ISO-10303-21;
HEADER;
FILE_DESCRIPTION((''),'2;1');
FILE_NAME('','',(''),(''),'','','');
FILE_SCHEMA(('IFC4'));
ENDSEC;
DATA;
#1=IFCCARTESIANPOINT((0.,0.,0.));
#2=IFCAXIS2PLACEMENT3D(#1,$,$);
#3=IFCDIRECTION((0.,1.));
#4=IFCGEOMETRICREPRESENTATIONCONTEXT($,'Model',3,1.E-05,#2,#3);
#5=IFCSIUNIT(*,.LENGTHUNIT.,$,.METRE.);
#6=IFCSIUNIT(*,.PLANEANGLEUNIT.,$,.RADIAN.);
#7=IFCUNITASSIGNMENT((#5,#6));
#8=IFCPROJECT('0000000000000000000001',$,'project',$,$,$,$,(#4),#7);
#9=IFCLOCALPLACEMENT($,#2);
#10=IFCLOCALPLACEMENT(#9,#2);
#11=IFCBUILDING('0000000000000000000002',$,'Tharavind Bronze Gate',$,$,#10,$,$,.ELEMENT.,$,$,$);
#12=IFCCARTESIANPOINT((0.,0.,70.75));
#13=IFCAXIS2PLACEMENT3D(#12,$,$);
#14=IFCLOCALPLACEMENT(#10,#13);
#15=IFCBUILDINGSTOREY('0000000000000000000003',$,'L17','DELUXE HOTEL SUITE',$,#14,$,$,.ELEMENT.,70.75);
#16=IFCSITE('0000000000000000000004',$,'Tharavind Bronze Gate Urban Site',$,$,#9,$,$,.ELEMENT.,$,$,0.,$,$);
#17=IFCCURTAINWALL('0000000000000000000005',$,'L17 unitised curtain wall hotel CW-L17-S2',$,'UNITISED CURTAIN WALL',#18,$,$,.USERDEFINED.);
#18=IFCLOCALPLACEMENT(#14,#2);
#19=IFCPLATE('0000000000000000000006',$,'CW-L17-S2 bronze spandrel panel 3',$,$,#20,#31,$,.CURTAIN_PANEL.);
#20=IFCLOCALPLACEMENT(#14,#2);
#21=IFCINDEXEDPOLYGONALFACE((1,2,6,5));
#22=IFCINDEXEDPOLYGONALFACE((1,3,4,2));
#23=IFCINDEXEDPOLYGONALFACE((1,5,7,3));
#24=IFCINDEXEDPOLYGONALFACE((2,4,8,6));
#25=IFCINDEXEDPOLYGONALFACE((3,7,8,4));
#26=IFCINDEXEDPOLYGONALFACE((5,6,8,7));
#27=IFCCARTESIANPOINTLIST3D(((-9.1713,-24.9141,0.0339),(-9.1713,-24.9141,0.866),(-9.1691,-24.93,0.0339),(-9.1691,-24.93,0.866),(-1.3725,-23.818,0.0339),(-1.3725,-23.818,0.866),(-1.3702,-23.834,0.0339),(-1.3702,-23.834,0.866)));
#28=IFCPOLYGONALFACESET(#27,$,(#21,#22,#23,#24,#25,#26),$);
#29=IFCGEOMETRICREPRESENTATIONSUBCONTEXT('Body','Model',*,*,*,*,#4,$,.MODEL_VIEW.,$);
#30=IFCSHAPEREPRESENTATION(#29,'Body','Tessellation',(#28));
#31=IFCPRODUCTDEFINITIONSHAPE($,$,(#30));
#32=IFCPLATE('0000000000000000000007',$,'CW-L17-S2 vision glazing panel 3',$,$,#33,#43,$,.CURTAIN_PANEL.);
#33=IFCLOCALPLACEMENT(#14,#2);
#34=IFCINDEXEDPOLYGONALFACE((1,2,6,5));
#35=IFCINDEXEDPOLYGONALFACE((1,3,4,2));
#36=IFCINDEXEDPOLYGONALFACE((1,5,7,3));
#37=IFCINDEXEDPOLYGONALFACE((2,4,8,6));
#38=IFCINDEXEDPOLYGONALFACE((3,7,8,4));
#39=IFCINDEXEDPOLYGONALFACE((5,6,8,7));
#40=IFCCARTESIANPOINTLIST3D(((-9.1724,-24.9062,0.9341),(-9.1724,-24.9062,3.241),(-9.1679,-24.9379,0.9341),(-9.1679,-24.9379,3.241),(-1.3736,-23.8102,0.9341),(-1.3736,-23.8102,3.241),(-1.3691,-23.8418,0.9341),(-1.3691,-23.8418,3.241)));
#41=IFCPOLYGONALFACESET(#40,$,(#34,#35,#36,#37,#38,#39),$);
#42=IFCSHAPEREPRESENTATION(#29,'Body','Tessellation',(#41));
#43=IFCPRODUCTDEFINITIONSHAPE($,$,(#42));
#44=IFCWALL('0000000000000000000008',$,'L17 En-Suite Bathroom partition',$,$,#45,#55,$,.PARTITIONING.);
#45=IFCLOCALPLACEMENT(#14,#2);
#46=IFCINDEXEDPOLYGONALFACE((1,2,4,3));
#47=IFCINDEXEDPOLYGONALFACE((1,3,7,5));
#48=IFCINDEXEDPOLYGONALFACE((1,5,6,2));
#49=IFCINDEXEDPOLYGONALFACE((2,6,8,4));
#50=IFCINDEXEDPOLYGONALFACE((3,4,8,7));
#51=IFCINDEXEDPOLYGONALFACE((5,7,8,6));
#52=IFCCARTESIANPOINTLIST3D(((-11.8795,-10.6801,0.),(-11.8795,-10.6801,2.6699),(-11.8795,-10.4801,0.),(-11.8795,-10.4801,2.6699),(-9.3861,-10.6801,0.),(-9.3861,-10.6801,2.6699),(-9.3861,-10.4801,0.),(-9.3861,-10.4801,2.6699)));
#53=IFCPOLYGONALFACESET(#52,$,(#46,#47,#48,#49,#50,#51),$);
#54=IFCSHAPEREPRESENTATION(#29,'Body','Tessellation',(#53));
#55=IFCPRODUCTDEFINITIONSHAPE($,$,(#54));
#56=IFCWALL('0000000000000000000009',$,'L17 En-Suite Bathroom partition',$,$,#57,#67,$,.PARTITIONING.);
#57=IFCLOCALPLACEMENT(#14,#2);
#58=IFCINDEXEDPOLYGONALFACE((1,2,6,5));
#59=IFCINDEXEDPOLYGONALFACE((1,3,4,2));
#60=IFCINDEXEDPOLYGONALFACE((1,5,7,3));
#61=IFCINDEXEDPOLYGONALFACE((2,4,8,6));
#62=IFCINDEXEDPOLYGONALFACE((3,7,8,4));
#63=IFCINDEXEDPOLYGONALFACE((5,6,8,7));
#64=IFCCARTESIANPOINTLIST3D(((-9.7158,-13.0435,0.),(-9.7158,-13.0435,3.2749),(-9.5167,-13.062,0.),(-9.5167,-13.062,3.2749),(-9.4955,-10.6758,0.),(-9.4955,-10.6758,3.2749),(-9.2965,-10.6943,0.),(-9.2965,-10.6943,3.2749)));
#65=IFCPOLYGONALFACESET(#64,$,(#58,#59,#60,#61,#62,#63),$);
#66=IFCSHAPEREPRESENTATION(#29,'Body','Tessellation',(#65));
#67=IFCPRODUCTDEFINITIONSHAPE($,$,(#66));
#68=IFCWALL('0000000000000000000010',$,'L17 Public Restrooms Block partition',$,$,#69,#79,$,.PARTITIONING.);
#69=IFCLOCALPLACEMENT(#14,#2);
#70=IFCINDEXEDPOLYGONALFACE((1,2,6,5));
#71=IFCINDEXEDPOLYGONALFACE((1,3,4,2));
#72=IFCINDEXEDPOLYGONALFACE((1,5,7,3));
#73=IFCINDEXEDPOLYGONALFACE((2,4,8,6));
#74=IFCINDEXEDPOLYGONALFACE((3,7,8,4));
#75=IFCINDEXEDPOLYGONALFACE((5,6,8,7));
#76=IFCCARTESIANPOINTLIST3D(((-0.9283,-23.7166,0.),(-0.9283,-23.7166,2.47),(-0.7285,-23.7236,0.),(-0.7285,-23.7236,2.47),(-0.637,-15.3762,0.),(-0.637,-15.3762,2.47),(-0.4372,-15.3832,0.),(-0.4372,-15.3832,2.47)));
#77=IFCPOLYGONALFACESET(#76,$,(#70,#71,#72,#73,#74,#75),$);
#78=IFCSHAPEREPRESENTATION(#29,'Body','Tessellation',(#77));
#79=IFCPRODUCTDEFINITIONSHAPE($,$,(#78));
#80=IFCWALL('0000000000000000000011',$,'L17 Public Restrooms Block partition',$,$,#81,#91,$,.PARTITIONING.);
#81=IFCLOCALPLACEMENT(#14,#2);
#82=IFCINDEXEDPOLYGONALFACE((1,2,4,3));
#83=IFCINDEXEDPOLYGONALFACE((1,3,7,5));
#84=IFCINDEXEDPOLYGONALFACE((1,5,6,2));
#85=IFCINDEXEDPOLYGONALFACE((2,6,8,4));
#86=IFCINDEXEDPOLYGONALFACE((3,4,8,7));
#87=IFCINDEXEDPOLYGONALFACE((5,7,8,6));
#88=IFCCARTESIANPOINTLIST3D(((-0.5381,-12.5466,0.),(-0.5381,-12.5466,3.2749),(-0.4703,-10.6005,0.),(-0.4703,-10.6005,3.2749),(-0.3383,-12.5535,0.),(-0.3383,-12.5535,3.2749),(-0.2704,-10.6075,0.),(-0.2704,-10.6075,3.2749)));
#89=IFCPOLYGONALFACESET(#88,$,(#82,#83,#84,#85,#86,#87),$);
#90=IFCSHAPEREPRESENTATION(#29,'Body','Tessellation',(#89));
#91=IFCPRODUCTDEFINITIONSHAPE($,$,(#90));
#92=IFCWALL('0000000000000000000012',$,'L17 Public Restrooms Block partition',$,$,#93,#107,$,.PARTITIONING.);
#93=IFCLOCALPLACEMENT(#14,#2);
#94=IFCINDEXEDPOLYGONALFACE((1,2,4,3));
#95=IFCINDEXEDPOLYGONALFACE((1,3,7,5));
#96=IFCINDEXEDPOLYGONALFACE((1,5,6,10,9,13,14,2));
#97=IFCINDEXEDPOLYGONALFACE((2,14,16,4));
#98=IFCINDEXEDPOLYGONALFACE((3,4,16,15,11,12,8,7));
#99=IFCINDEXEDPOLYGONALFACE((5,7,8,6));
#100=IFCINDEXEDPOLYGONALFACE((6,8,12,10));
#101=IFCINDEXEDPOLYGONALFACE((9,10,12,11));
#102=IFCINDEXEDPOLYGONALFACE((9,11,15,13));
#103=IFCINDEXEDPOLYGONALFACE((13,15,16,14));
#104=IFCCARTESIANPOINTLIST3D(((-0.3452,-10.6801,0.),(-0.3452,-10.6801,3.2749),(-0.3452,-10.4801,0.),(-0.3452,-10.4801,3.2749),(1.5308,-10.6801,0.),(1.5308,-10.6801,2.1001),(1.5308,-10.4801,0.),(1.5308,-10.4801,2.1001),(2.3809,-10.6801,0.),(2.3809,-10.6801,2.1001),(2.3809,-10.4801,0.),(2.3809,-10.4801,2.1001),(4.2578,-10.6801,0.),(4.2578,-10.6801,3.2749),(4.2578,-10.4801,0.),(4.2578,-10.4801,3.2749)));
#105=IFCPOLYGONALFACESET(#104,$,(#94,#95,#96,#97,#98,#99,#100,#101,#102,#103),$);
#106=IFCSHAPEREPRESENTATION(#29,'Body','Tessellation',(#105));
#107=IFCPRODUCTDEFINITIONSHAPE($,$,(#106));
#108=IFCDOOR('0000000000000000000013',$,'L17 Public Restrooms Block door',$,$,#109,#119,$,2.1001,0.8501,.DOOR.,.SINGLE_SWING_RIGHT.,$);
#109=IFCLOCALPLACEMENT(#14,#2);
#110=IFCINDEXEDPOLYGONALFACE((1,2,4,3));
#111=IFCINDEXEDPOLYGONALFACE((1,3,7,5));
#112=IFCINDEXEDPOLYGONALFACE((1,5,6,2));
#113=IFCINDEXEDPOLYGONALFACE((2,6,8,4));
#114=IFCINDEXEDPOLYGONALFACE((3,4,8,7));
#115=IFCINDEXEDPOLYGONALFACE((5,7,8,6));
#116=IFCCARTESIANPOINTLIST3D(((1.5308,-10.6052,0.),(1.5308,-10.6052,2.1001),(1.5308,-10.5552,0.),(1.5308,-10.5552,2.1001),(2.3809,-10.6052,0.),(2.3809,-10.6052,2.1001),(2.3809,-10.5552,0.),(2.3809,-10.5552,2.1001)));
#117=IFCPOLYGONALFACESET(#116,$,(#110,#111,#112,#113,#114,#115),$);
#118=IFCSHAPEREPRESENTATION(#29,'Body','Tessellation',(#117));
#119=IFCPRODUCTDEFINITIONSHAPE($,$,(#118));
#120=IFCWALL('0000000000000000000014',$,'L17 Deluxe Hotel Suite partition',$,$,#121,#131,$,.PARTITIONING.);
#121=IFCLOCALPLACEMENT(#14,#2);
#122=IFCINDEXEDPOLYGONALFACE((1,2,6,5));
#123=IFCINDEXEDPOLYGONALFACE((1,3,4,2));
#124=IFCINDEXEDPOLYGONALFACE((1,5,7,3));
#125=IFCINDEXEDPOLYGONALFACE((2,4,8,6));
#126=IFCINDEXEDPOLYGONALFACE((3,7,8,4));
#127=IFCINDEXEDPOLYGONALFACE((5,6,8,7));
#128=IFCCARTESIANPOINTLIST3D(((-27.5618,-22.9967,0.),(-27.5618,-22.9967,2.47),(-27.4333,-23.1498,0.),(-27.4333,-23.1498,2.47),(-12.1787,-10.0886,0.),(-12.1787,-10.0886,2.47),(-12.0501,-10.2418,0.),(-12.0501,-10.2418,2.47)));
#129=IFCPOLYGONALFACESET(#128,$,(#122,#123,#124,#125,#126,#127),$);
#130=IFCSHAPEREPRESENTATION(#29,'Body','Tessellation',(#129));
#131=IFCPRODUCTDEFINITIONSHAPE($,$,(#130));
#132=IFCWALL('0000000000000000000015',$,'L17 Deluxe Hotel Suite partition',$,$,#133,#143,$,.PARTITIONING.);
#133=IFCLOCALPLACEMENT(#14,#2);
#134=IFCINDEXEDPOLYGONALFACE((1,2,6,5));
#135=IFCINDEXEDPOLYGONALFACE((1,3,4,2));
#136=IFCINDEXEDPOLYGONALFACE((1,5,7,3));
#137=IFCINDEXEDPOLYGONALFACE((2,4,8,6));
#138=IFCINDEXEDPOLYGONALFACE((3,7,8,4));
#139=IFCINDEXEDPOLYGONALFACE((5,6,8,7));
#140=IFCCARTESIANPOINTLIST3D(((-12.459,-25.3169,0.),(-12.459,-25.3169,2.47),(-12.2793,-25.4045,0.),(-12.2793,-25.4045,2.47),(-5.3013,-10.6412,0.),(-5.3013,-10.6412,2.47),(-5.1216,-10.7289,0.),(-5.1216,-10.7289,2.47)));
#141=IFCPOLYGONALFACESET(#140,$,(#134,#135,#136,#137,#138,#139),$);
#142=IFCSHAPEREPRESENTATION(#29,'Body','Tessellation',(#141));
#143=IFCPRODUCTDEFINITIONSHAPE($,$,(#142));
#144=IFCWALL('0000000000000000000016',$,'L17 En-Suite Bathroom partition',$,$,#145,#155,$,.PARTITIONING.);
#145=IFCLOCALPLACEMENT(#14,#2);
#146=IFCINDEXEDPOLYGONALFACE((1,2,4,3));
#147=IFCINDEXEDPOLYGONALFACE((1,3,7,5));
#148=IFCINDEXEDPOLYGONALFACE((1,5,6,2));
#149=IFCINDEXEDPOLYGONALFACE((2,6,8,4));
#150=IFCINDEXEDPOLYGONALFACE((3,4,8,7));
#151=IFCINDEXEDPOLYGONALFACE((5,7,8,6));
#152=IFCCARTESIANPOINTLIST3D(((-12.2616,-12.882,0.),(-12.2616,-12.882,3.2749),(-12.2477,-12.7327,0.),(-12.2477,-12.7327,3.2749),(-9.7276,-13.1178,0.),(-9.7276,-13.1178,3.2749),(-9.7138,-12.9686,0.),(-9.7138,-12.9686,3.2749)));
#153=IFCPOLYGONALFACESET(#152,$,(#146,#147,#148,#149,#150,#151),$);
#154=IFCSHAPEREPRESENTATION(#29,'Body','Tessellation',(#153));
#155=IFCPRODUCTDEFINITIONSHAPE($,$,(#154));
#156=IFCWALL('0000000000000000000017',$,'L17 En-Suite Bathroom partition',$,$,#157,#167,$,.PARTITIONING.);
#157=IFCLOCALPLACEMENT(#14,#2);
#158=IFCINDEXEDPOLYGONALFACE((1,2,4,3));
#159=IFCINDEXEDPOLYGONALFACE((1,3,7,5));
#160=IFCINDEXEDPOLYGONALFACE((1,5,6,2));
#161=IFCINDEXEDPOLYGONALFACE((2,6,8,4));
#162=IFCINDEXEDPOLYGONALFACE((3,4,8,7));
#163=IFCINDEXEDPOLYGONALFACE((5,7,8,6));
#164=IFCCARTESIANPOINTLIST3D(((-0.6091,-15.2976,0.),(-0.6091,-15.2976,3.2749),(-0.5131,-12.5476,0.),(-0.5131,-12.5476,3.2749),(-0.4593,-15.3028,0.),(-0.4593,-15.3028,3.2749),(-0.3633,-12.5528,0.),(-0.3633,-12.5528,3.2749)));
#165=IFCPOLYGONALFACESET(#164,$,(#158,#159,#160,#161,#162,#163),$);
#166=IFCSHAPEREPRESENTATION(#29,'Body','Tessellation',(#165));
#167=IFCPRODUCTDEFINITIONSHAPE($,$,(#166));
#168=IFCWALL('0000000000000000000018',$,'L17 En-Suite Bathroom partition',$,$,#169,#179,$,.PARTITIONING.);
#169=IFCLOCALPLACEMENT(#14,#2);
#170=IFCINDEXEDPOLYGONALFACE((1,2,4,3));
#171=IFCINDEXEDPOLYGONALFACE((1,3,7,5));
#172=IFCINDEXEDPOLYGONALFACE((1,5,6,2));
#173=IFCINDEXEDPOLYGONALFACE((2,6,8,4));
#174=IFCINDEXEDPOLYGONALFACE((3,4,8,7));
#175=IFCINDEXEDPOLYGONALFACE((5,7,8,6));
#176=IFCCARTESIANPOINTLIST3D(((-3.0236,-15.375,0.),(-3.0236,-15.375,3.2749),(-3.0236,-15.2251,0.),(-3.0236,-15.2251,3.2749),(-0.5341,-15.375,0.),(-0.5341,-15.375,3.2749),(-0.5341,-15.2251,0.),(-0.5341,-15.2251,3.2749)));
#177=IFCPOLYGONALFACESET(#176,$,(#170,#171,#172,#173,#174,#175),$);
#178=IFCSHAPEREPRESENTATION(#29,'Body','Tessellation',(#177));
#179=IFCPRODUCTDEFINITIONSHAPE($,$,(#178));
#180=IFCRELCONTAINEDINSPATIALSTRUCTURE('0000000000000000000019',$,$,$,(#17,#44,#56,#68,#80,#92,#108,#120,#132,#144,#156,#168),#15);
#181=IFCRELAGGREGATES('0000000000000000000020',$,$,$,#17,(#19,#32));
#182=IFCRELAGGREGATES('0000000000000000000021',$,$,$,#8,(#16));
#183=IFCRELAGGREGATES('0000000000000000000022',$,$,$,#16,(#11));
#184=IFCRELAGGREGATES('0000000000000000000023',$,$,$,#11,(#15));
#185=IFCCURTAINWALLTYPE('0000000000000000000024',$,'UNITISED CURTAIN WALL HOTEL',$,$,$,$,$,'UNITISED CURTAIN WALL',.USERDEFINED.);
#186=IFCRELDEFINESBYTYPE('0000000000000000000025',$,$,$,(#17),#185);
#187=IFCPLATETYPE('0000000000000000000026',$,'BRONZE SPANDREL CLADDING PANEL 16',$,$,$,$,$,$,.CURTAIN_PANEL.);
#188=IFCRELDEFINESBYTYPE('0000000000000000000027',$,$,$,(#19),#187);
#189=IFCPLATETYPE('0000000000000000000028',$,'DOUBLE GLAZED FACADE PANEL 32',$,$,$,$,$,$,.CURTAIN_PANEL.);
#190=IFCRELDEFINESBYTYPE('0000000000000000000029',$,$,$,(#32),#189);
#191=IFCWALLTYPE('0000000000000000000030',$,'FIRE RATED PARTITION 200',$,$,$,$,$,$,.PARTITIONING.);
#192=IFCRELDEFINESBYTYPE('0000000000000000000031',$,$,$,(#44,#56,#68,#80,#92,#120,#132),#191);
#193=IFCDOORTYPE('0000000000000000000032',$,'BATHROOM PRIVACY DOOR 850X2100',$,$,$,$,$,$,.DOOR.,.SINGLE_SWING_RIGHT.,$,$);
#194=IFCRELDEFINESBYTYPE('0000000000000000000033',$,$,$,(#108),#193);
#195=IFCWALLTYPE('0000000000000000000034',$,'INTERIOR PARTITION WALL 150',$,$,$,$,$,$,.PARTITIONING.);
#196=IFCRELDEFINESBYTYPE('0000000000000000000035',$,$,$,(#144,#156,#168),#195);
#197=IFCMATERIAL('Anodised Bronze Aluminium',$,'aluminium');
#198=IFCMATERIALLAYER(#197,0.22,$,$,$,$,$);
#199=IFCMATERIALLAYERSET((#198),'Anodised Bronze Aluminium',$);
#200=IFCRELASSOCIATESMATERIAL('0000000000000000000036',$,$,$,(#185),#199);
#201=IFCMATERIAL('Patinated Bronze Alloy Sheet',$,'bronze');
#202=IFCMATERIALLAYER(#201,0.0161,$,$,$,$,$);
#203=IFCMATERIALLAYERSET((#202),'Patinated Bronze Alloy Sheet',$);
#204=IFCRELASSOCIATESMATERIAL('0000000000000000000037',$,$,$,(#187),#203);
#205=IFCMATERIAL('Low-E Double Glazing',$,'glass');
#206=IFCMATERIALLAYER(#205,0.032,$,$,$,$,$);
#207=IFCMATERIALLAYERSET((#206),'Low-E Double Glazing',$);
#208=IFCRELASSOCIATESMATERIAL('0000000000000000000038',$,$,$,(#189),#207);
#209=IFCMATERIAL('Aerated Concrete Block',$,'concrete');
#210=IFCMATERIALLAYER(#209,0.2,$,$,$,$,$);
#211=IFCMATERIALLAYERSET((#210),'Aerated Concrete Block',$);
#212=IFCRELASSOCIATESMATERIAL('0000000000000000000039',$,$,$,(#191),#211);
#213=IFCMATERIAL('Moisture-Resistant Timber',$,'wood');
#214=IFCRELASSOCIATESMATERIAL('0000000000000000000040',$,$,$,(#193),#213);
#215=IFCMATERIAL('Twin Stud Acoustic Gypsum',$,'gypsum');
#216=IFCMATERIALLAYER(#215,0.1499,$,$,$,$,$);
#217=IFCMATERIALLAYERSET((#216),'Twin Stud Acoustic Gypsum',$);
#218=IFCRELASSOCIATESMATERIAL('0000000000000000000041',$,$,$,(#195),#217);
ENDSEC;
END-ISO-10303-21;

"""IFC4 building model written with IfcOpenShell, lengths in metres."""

from ifc_helpers import new_model, si_unit, direction, frame, frame_2d, origin, origin_2d, place, context, subcontext, project, spatial, rectangle, extrude, material, layer, layer_set, type_object, element, fill, aggregate, save


model = new_model("IFC4")

# Units and contexts
model_context = context("Model", 3, precision=1e-05, world=origin(), true_north=direction((0.0, 1.0)))
body_context = subcontext(model_context, "Body", "Model", "MODEL_VIEW")
ifc_project = project(units=[si_unit("LENGTHUNIT", "METRE"), si_unit("PLANEANGLEUNIT", "RADIAN")], contexts=[model_context])

# Site, building, storey
site_placement = place(None, origin())
site = spatial("IfcSite", under=ifc_project, at=site_placement, Name="Tharavind Bronze Gate Urban Site", CompositionType="ELEMENT", RefElevation=0.0)
building_placement = place(site_placement, origin())
building = spatial("IfcBuilding", under=site, at=building_placement, Name="Tharavind Bronze Gate", CompositionType="ELEMENT")
storey_placement = place(building_placement, frame((0.0, 0.0, 70.75)))
storey = spatial("IfcBuildingStorey", under=building, at=storey_placement, Name="L17", Description="DELUXE HOTEL SUITE", CompositionType="ELEMENT", Elevation=70.75)

# Curtain wall
ifc_material_1 = material(Name="Anodised Bronze Aluminium", Category="aluminium")
ifc_layer_1 = layer(ifc_material_1, 0.22)
ifc_layer_set_1 = layer_set([ifc_layer_1], Name="Anodised Bronze Aluminium")
curtain_wall_type = type_object("IfcCurtainWallType", Name="UNITISED CURTAIN WALL HOTEL", ElementType="UNITISED CURTAIN WALL", PredefinedType="USERDEFINED", material=ifc_layer_set_1)
curtain_wall_placement = place(storey_placement, origin())
curtain_wall = element("IfcCurtainWall", 1, at=curtain_wall_placement, inside=storey, type_object=curtain_wall_type, Name="L17 unitised curtain wall hotel CW-L17-S2", ObjectType="UNITISED CURTAIN WALL", PredefinedType="USERDEFINED")

# Plates
ifc_material_2 = material(Name="Patinated Bronze Alloy Sheet", Category="bronze")
ifc_layer_2 = layer(ifc_material_2, 0.0161)
ifc_layer_set_2 = layer_set([ifc_layer_2], Name="Patinated Bronze Alloy Sheet")
plate_type_1 = type_object("IfcPlateType", Name="BRONZE SPANDREL CLADDING PANEL 16", PredefinedType="CURTAIN_PANEL", material=ifc_layer_set_2)
plate_1_placement = place(storey_placement, frame((-5.2708, -24.374, 0.0339), z_axis=(0.0, 0.0, 1.0), x_axis=(0.990268, 0.139173, 0.0)))
plate_1 = element("IfcPlate", 2, at=plate_1_placement, type_object=plate_type_1, Name="CW-L17-S2 bronze spandrel panel 3", PredefinedType="CURTAIN_PANEL", context=body_context, shape_type="SweptSolid", body=[
    extrude(rectangle(XDim=7.8755, YDim=0.0161, at=origin_2d()), origin(), (0.0, 0.0, 1.0), 0.832),
])
ifc_material_3 = material(Name="Low-E Double Glazing", Category="glass")
ifc_layer_3 = layer(ifc_material_3, 0.032)
ifc_layer_set_3 = layer_set([ifc_layer_3], Name="Low-E Double Glazing")
plate_type_2 = type_object("IfcPlateType", Name="DOUBLE GLAZED FACADE PANEL 32", PredefinedType="CURTAIN_PANEL", material=ifc_layer_set_3)
plate_2_placement = place(storey_placement, frame((-5.2708, -24.374, 0.9341), z_axis=(0.0, 0.0, 1.0), x_axis=(0.990268, 0.139173, 0.0)))
plate_2 = element("IfcPlate", 3, at=plate_2_placement, type_object=plate_type_2, Name="CW-L17-S2 vision glazing panel 3", PredefinedType="CURTAIN_PANEL", context=body_context, shape_type="SweptSolid", body=[
    extrude(rectangle(XDim=7.8755, YDim=0.032, at=origin_2d()), origin(), (0.0, 0.0, 1.0), 2.3069),
])
aggregate(curtain_wall, [plate_1, plate_2])

# Walls
ifc_material_4 = material(Name="Aerated Concrete Block", Category="concrete")
ifc_layer_4 = layer(ifc_material_4, 0.2)
ifc_layer_set_4 = layer_set([ifc_layer_4], Name="Aerated Concrete Block")
wall_type_1 = type_object("IfcWallType", Name="FIRE RATED PARTITION 200", PredefinedType="PARTITIONING", material=ifc_layer_set_4)
wall_1_placement = place(storey_placement, frame((-11.8794, -10.5801, 0.0), z_axis=(0.0, 0.0, 1.0), x_axis=(1.0, 0.0, 0.0)))
element("IfcWall", 4, at=wall_1_placement, inside=storey, type_object=wall_type_1, Name="L17 En-Suite Bathroom partition", PredefinedType="PARTITIONING", context=body_context, shape_type="SweptSolid", body=[
    extrude(rectangle(XDim=2.4934, YDim=0.2, at=frame_2d((1.2466, 0.0))), origin(), (0.0, 0.0, 1.0), 2.6699),
])
wall_2_placement = place(storey_placement, frame((-9.396, -10.6851, 0.0), z_axis=(0.0, 0.0, 1.0), x_axis=(-0.092609, -0.995703, 0.0)))
element("IfcWall", 5, at=wall_2_placement, inside=storey, type_object=wall_type_1, Name="L17 En-Suite Bathroom partition", PredefinedType="PARTITIONING", context=body_context, shape_type="SweptSolid", body=[
    extrude(rectangle(XDim=2.3779, YDim=0.2, at=frame_2d((1.189, 0.0))), origin(), (0.0, 0.0, 1.0), 3.2749),
])
wall_3_placement = place(storey_placement, frame((-0.8284, -23.7202, 0.0), z_axis=(0.0, 0.0, 1.0), x_axis=(0.034901, 0.999391, 0.0)))
element("IfcWall", 6, at=wall_3_placement, inside=storey, type_object=wall_type_1, Name="L17 Public Restrooms Block partition", PredefinedType="PARTITIONING", context=body_context, shape_type="SweptSolid", body=[
    extrude(rectangle(XDim=8.3455, YDim=0.2, at=frame_2d((4.1729, 0.0))), origin(), (0.0, 0.0, 1.0), 2.47),
])
wall_4_placement = place(storey_placement, frame((-0.4382, -12.55, 0.0), z_axis=(0.0, 0.0, 1.0), x_axis=(0.034855, 0.999392, 0.0)))
element("IfcWall", 7, at=wall_4_placement, inside=storey, type_object=wall_type_1, Name="L17 Public Restrooms Block partition", PredefinedType="PARTITIONING", context=body_context, shape_type="SweptSolid", body=[
    extrude(rectangle(XDim=1.9473, YDim=0.2, at=frame_2d((0.9736, 0.0))), origin(), (0.0, 0.0, 1.0), 3.2749),
])

# Wall, opening, door
wall_5_placement = place(storey_placement, frame((-0.3452, -10.5801, 0.0), z_axis=(0.0, 0.0, 1.0), x_axis=(1.0, 0.0, 0.0)))
wall_5 = element("IfcWall", 8, at=wall_5_placement, inside=storey, type_object=wall_type_1, Name="L17 Public Restrooms Block partition", PredefinedType="PARTITIONING", context=body_context, shape_type="SweptSolid", body=[
    extrude(rectangle(XDim=4.603, YDim=0.2, at=frame_2d((2.3015, 0.0))), origin(), (0.0, 0.0, 1.0), 3.2749),
])
opening_1_placement = place(wall_5_placement, frame((1.876, 0.0, 0.0)))
opening_1 = element("IfcOpeningElement", 9, at=opening_1_placement, cuts=wall_5, PredefinedType="OPENING", context=body_context, shape_type="SweptSolid", body=[
    extrude(rectangle(XDim=0.8501, YDim=2.1001, at=frame_2d((0.425, 1.05))), frame((0.0, 0.1101, 0.0), z_axis=(0.0, -1.0, 0.0), x_axis=(1.0, 0.0, 0.0)), (0.0, 0.0, 1.0), 0.22),
])
ifc_material_5 = material(Name="Moisture-Resistant Timber", Category="wood")
door_type_1 = type_object("IfcDoorType", Name="BATHROOM PRIVACY DOOR 850X2100", OperationType="SINGLE_SWING_RIGHT", PredefinedType="DOOR", material=ifc_material_5)
door_1_placement = place(opening_1_placement, origin())
door_1 = element("IfcDoor", 10, at=door_1_placement, inside=storey, type_object=door_type_1, Name="L17 Public Restrooms Block door", OperationType="SINGLE_SWING_RIGHT", OverallHeight=2.1001, OverallWidth=0.8501, PredefinedType="DOOR", context=body_context, shape_type="SweptSolid", body=[
    extrude(rectangle(XDim=0.8501, YDim=2.1001, at=frame_2d((0.425, 1.05))), frame((0.0, 0.0249, 0.0), z_axis=(0.0, -1.0, 0.0), x_axis=(1.0, 0.0, 0.0)), (0.0, 0.0, 1.0), 0.05),
])
fill(opening_1, door_1)

# Wall
wall_6_placement = place(storey_placement, frame((-12.1145, -10.1653, 0.0), z_axis=(0.0, 0.0, 1.0), x_axis=(-0.766043, -0.642789, 0.0)))
element("IfcWall", 11, at=wall_6_placement, inside=storey, type_object=wall_type_1, Name="L17 Deluxe Hotel Suite partition", PredefinedType="PARTITIONING", context=body_context, shape_type="SweptSolid", body=[
    extrude(rectangle(XDim=20.0813, YDim=0.2, at=frame_2d((10.0405, 0.0))), origin(), (0.0, 0.0, 1.0), 2.47),
])

# Wall
wall_7_placement = place(storey_placement, frame((-5.2114, -10.6851, 0.0), z_axis=(0.0, 0.0, 1.0), x_axis=(-0.43837, -0.898795, 0.0)))
element("IfcWall", 12, at=wall_7_placement, inside=storey, type_object=wall_type_1, Name="L17 Deluxe Hotel Suite partition", PredefinedType="PARTITIONING", context=body_context, shape_type="SweptSolid", body=[
    extrude(rectangle(XDim=16.3281, YDim=0.2, at=frame_2d((8.1641, 0.0))), origin(), (0.0, 0.0, 1.0), 2.47),
])

# Walls
ifc_material_6 = material(Name="Twin Stud Acoustic Gypsum", Category="gypsum")
ifc_layer_5 = layer(ifc_material_6, 0.1499)
ifc_layer_set_5 = layer_set([ifc_layer_5], Name="Twin Stud Acoustic Gypsum")
wall_type_2 = type_object("IfcWallType", Name="INTERIOR PARTITION WALL 150", PredefinedType="PARTITIONING", material=ifc_layer_set_5)
wall_8_placement = place(storey_placement, frame((-9.7207, -13.0432, 0.0), z_axis=(0.0, 0.0, 1.0), x_axis=(-0.995697, 0.092672, 0.0)))
element("IfcWall", 13, at=wall_8_placement, inside=storey, type_object=wall_type_2, Name="L17 En-Suite Bathroom partition", PredefinedType="PARTITIONING", context=body_context, shape_type="SweptSolid", body=[
    extrude(rectangle(XDim=2.5449, YDim=0.1499, at=frame_2d((1.2725, 0.0))), origin(), (0.0, 0.0, 1.0), 3.2749),
])
wall_9_placement = place(storey_placement, frame((-0.4382, -12.55, 0.0), z_axis=(0.0, 0.0, 1.0), x_axis=(-0.034869, -0.999392, 0.0)))
element("IfcWall", 14, at=wall_9_placement, inside=storey, type_object=wall_type_2, Name="L17 En-Suite Bathroom partition", PredefinedType="PARTITIONING", context=body_context, shape_type="SweptSolid", body=[
    extrude(rectangle(XDim=2.7517, YDim=0.1499, at=frame_2d((1.376, 0.0))), origin(), (0.0, 0.0, 1.0), 3.2749),
])
wall_10_placement = place(storey_placement, frame((-0.5342, -15.3, 0.0), z_axis=(0.0, 0.0, 1.0), x_axis=(-1.0, 0.0, 0.0)))
element("IfcWall", 15, at=wall_10_placement, inside=storey, type_object=wall_type_2, Name="L17 En-Suite Bathroom partition", PredefinedType="PARTITIONING", context=body_context, shape_type="SweptSolid", body=[
    extrude(rectangle(XDim=2.4895, YDim=0.1499, at=frame_2d((1.2446, 0.0))), origin(), (0.0, 0.0, 1.0), 3.2749),
])

save(model, "model.ifc")
